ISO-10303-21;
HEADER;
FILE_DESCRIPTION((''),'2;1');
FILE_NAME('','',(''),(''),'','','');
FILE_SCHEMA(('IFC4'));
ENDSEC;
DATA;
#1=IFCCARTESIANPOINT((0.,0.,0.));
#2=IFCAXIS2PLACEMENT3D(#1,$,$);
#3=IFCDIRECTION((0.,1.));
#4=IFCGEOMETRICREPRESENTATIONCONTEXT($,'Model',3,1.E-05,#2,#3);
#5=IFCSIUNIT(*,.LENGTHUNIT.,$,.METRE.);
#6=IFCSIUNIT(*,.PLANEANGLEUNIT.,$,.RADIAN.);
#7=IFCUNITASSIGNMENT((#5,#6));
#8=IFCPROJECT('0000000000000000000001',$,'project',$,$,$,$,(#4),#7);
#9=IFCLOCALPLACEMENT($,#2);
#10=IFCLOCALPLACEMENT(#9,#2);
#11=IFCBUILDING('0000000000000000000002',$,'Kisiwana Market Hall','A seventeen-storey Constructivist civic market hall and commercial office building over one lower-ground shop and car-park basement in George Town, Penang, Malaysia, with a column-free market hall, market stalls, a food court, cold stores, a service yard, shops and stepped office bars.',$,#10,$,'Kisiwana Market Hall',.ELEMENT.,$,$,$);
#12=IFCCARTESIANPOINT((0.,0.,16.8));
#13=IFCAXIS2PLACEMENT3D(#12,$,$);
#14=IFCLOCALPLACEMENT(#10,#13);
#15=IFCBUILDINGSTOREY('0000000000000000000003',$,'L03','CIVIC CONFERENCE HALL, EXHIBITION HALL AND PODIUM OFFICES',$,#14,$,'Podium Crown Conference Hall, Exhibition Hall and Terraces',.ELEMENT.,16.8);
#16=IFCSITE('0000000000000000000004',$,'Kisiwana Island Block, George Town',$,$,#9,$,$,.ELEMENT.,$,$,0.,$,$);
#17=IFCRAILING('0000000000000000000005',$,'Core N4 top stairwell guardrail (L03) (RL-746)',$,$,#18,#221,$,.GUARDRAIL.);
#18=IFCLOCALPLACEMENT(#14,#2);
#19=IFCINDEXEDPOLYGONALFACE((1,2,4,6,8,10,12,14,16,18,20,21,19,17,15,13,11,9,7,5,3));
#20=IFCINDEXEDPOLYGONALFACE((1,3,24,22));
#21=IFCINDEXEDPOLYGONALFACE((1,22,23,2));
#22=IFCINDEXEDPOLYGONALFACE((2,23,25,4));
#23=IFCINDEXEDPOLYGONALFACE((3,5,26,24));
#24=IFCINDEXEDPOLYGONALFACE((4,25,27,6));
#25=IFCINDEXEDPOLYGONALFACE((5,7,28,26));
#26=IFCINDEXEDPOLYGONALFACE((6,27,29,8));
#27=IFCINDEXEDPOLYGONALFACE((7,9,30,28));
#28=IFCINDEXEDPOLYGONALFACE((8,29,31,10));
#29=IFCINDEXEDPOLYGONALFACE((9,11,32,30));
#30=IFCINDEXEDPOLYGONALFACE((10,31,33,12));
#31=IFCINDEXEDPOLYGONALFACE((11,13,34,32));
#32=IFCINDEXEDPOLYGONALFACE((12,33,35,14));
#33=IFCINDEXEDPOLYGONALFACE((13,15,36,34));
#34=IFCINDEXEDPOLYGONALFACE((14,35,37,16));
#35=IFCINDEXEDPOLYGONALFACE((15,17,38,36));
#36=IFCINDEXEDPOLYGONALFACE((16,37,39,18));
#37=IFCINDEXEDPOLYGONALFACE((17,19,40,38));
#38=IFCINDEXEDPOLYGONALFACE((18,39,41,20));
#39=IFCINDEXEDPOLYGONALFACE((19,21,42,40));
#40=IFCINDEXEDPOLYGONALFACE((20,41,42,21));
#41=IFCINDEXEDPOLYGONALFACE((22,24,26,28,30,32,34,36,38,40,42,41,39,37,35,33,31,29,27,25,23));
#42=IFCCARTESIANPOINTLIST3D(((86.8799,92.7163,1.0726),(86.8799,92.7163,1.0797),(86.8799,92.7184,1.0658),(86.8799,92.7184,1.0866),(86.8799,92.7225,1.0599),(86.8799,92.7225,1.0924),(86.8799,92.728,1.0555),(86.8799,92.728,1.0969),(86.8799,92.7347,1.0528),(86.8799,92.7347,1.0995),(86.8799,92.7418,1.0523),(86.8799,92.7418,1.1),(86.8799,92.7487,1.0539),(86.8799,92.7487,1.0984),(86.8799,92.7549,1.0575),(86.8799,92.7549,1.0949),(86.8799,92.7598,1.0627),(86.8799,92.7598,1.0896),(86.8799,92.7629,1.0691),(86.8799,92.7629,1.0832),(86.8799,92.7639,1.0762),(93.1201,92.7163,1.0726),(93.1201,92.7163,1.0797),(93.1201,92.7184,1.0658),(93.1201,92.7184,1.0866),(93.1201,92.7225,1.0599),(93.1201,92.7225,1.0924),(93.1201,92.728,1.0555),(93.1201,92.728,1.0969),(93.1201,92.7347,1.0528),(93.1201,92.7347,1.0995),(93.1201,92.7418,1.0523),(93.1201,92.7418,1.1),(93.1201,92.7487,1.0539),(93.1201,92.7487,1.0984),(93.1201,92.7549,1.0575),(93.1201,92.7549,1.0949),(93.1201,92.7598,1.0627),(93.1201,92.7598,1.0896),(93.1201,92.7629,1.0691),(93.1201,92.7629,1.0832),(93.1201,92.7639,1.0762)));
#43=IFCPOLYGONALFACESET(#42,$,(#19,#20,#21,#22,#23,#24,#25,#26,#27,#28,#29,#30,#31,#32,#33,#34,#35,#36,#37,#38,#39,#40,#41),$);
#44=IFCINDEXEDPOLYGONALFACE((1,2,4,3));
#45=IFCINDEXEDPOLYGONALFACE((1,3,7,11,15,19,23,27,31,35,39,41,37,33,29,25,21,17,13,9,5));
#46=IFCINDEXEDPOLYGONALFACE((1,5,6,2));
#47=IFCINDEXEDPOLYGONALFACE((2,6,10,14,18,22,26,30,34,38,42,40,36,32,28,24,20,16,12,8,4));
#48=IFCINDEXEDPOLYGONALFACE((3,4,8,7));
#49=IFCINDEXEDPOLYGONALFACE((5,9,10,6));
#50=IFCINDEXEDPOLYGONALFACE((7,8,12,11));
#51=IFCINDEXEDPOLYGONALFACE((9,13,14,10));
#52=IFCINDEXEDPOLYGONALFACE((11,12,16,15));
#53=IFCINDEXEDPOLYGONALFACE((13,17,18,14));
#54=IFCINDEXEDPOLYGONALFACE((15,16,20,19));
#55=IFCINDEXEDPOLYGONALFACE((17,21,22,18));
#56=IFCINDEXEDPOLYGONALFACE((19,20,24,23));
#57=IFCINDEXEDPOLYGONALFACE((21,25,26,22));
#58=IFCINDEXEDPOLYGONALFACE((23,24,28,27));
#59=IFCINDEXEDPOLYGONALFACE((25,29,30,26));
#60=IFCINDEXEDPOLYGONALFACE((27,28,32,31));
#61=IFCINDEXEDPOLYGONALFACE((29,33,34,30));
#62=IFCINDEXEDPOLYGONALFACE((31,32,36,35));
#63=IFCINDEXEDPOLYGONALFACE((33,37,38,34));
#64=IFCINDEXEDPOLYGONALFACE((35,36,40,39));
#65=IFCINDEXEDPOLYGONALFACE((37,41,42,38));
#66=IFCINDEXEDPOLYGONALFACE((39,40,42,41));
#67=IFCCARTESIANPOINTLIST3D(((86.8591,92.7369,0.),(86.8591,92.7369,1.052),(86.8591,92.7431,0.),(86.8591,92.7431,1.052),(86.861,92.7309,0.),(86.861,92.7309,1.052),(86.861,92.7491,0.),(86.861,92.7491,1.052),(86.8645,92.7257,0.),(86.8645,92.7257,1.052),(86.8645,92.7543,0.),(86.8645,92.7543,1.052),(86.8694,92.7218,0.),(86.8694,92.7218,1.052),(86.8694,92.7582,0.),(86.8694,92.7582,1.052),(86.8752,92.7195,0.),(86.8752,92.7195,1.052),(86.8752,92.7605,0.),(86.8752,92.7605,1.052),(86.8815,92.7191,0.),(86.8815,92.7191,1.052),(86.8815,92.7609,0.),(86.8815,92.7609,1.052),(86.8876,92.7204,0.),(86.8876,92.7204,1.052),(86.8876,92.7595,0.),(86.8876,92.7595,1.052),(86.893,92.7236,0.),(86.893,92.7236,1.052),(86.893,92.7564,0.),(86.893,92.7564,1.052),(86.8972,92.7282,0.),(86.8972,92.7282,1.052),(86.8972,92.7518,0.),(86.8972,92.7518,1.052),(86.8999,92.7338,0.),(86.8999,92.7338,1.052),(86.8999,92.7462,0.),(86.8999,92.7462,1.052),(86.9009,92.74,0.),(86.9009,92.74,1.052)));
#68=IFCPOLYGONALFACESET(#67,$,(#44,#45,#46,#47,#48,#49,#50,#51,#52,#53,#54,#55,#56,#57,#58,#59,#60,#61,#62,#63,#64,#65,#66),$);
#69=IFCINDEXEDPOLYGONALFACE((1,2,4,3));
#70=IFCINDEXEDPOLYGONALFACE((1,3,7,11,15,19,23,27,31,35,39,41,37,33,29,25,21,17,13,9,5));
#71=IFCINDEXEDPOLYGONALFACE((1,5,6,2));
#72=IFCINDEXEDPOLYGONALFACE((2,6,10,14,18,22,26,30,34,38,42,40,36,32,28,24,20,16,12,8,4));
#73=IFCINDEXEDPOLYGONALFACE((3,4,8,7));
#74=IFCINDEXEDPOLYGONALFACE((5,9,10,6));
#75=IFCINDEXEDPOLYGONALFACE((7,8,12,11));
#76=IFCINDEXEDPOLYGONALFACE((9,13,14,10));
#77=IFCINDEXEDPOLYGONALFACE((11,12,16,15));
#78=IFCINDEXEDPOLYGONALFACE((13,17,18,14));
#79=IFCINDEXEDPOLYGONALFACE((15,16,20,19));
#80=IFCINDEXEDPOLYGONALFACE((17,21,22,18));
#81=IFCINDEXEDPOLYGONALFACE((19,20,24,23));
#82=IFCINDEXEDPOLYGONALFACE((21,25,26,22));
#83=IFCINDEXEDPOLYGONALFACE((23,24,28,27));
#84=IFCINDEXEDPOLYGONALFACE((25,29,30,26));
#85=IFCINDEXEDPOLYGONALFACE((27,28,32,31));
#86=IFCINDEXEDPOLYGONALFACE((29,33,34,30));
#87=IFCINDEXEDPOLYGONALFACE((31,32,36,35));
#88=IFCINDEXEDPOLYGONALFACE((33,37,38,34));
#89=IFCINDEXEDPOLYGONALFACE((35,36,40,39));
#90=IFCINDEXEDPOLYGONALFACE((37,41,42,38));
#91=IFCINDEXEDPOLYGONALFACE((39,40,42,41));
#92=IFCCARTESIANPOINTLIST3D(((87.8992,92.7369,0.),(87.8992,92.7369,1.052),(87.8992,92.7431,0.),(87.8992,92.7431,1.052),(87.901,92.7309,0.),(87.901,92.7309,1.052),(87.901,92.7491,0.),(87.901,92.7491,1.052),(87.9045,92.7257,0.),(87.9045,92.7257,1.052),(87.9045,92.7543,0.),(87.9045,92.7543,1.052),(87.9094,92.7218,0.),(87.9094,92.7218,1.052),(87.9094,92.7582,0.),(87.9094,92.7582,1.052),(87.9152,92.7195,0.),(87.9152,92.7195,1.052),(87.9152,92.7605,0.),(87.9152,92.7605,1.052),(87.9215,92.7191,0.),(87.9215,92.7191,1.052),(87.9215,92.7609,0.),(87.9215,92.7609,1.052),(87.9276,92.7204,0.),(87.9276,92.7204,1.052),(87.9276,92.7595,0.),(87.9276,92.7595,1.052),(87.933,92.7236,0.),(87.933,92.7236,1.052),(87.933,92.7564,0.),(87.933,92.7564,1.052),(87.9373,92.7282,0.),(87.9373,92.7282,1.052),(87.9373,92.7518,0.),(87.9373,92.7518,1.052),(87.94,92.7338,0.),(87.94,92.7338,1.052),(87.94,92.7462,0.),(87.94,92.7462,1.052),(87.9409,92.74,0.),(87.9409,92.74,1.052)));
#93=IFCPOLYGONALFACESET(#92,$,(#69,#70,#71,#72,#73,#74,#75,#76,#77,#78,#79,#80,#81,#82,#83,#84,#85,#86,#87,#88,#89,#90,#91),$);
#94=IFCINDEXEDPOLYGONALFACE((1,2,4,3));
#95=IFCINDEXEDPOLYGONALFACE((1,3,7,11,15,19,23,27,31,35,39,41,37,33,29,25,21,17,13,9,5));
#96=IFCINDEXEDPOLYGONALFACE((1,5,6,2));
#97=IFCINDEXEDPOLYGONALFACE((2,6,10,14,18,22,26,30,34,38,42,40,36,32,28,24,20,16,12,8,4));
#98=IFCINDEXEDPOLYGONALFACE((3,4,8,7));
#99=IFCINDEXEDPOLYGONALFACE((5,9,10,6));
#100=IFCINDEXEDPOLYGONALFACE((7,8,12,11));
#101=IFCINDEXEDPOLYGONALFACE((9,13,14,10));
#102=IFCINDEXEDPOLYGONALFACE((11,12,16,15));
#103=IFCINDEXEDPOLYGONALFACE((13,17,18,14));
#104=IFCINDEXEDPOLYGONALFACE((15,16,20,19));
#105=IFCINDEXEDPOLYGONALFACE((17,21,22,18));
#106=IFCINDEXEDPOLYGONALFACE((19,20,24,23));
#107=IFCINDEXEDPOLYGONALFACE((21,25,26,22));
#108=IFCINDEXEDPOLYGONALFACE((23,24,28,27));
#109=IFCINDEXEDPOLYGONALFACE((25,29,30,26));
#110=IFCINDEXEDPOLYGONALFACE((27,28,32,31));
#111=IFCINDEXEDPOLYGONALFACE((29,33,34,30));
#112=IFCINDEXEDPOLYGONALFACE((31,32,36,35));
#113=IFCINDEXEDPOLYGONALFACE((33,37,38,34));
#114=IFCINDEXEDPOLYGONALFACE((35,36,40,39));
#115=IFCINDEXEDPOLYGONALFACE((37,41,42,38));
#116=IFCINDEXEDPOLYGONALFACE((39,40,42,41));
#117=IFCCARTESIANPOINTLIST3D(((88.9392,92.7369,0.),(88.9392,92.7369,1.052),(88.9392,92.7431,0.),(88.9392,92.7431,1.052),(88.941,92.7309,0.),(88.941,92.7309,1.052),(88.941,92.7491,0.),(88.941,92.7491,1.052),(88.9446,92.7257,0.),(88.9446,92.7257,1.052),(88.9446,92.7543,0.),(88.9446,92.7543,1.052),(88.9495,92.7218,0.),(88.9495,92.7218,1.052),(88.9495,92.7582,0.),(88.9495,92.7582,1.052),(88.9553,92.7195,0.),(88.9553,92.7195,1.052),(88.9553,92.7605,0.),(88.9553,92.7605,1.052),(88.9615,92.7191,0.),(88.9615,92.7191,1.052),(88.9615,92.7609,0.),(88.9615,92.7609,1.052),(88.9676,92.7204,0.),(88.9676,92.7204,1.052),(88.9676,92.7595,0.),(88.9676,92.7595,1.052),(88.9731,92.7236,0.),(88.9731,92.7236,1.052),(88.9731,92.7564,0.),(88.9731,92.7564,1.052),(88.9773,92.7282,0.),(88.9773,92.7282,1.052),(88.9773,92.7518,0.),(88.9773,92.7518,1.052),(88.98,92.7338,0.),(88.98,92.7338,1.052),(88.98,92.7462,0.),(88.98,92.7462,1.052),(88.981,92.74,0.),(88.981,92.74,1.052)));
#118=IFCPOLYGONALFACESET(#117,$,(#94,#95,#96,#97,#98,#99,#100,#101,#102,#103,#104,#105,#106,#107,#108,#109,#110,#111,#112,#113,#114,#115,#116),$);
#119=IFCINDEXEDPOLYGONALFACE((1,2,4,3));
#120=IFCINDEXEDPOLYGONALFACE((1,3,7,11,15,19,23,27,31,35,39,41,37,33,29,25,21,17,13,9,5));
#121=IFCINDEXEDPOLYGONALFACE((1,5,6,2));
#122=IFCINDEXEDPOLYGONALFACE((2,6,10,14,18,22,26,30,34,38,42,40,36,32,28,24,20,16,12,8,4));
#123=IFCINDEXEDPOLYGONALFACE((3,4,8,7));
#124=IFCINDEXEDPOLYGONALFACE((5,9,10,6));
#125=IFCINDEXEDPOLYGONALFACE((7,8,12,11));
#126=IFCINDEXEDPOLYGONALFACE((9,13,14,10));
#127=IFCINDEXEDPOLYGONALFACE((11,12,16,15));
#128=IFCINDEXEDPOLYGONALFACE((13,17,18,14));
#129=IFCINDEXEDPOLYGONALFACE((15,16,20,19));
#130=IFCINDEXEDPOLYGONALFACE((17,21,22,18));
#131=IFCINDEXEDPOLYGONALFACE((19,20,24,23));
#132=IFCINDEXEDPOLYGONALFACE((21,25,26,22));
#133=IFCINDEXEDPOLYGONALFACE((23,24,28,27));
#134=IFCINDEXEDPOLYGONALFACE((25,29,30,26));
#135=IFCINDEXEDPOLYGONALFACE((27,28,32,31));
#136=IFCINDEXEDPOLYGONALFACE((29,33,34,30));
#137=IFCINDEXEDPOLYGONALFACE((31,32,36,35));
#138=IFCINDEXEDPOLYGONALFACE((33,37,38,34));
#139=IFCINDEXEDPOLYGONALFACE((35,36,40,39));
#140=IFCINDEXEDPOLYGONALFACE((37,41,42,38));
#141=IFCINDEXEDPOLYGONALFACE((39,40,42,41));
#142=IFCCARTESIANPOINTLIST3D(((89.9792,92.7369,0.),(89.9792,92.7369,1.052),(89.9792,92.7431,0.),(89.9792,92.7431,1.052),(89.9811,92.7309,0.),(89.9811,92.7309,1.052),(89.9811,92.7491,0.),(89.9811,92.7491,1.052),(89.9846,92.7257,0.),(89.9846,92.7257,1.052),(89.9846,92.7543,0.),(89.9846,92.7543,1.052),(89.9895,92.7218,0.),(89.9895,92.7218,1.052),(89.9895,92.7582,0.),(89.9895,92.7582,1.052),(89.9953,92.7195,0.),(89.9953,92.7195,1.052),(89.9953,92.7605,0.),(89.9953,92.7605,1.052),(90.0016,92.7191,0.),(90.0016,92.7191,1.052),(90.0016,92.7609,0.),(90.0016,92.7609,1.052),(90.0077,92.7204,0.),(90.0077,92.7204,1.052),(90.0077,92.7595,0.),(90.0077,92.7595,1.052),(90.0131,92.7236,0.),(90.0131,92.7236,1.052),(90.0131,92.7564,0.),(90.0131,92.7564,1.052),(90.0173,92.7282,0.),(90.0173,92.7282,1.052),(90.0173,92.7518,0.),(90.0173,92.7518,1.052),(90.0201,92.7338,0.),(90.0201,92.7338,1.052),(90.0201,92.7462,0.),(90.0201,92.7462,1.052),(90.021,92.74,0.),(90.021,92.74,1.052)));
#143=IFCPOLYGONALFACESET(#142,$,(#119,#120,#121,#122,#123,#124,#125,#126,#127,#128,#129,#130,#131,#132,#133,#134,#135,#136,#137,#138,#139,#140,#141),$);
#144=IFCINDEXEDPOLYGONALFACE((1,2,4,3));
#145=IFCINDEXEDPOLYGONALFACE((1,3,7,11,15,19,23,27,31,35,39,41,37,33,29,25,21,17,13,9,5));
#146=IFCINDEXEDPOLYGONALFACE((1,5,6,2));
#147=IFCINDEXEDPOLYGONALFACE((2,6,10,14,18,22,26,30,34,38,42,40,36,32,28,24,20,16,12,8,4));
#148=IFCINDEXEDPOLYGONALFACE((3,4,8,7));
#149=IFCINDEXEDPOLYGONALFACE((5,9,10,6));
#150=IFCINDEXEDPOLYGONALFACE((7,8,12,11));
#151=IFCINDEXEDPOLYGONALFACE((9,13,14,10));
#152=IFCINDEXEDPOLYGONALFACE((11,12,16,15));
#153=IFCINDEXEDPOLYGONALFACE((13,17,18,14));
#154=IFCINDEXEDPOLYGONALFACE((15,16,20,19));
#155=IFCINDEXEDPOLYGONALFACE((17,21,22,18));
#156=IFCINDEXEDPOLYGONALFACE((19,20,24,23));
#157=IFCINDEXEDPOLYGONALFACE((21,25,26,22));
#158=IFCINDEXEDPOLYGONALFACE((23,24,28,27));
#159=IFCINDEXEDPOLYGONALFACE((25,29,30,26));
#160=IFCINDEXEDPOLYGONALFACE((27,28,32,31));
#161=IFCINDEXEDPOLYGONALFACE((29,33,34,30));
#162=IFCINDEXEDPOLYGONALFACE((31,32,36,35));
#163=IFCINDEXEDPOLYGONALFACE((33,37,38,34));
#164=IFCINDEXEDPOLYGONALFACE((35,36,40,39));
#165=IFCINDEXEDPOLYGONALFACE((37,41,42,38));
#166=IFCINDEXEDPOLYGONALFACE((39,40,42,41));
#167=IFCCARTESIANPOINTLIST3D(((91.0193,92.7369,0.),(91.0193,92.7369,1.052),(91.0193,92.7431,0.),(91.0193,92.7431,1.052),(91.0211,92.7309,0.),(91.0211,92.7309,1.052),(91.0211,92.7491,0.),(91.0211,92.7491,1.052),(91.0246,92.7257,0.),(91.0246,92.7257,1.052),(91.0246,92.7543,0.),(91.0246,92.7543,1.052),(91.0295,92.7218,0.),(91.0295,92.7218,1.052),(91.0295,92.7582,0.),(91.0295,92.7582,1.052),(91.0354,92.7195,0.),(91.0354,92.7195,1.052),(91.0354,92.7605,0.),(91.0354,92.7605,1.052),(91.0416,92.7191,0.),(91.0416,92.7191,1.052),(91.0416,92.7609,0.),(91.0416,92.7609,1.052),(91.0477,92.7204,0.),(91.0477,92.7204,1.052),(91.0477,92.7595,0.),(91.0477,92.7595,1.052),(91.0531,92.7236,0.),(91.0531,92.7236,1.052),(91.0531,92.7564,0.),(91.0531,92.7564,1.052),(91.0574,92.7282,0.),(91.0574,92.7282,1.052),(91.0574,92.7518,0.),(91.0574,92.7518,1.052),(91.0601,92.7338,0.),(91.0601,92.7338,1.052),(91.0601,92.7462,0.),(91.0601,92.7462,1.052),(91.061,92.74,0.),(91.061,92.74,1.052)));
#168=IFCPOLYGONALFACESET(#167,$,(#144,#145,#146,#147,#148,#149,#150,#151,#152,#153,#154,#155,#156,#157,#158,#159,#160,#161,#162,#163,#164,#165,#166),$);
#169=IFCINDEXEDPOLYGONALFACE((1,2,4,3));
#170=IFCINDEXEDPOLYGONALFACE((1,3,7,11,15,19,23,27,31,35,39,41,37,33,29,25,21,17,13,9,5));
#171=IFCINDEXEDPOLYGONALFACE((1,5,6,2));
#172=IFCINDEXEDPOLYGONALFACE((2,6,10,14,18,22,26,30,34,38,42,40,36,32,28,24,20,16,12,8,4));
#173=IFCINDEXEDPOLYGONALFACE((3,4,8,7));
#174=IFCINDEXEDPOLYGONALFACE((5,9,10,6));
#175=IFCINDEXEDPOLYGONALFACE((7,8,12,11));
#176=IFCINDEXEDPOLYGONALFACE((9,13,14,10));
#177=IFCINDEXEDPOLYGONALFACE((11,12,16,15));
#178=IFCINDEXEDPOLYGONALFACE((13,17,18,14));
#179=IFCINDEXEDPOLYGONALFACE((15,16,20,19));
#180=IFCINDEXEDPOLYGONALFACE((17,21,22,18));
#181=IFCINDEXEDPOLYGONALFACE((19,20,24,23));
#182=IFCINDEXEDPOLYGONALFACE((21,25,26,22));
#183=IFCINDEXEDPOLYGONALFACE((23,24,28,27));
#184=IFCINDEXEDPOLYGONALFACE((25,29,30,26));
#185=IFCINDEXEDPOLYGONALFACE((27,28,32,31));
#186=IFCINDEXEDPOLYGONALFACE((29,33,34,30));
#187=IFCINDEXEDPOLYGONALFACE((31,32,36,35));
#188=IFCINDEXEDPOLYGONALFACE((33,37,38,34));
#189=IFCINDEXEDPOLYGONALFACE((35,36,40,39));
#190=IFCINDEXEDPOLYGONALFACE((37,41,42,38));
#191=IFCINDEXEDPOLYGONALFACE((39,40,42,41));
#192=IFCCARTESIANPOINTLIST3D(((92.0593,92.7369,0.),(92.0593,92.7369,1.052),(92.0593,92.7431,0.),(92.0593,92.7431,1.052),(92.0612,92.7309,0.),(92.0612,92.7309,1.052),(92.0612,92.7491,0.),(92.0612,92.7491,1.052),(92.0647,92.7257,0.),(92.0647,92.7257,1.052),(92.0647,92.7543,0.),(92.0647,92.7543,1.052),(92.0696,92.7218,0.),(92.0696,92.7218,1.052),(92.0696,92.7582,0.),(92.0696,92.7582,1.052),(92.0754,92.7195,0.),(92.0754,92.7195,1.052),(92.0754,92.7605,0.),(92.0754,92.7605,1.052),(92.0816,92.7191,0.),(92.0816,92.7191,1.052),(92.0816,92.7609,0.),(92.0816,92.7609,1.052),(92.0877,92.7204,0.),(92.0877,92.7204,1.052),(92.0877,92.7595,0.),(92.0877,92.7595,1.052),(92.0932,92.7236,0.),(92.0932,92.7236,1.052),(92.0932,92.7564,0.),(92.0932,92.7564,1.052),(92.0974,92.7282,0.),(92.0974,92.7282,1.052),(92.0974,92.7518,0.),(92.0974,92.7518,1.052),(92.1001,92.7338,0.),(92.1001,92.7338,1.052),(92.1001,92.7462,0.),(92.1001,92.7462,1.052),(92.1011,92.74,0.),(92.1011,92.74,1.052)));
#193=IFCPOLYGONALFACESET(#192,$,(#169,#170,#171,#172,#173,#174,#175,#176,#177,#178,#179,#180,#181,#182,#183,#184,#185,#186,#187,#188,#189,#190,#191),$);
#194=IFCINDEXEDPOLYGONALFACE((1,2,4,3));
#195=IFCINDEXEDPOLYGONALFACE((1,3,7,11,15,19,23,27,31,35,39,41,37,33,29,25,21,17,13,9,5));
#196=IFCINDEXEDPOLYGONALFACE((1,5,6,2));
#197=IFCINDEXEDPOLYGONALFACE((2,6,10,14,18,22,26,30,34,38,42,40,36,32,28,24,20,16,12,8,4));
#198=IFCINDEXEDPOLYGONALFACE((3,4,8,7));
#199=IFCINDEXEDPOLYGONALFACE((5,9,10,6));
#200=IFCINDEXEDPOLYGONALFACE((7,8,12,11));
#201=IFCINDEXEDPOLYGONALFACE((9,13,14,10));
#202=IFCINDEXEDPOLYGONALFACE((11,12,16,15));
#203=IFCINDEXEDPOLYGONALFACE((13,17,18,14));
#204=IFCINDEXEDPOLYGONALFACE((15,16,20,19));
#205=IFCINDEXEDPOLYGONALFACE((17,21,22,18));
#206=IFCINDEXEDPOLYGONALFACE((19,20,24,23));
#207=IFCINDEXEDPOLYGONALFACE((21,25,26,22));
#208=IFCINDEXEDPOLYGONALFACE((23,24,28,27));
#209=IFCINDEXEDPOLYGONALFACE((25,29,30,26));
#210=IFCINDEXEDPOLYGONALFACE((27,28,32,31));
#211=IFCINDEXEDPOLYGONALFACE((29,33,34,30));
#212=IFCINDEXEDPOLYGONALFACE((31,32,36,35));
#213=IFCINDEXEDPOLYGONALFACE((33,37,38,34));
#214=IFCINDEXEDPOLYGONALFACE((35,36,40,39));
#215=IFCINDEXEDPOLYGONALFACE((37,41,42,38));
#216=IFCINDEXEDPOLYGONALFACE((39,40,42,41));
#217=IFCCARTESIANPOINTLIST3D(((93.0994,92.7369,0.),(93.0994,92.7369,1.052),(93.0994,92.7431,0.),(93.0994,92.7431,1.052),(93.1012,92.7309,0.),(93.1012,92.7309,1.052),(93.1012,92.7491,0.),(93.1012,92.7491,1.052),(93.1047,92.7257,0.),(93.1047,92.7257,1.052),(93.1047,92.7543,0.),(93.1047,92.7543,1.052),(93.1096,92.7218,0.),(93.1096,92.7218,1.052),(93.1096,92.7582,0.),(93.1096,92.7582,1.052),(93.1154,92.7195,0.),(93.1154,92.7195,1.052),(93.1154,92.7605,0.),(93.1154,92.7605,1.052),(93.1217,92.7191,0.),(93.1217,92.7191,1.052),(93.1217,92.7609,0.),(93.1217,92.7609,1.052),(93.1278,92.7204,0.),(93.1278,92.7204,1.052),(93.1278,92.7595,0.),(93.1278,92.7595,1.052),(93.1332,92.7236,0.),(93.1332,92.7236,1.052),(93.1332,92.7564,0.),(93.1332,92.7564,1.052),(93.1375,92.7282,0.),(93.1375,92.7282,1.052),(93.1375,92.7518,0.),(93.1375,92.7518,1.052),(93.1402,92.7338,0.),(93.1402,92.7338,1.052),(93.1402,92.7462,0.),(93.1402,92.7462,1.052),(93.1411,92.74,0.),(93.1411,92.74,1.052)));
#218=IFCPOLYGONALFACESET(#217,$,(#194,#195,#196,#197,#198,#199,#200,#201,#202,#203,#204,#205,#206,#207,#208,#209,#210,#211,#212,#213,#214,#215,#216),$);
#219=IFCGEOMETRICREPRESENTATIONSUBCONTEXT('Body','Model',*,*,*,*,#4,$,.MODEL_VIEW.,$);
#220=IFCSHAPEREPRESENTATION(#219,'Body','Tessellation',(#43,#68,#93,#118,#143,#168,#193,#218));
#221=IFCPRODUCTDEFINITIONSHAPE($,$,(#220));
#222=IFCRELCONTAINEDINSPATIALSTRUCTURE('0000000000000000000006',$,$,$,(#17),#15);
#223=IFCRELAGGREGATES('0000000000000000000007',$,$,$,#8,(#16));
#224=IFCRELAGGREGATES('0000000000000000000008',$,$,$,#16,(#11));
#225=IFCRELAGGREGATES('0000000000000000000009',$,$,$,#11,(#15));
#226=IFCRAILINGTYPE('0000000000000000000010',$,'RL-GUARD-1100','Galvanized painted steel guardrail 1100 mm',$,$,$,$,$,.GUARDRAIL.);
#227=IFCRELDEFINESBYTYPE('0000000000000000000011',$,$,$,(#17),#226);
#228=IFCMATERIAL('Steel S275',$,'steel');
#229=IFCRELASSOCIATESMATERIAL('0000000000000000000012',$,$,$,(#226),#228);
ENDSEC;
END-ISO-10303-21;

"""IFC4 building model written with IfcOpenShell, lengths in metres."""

from ifc_helpers import new_model, si_unit, direction, frame, origin, origin_2d, place, context, subcontext, project, spatial, circle, extrude, material, type_object, element, save


model = new_model("IFC4")

# Units and contexts
model_context = context("Model", 3, precision=1e-05, world=origin(), true_north=direction((0.0, 1.0)))
body_context = subcontext(model_context, "Body", "Model", "MODEL_VIEW")
ifc_project = project(units=[si_unit("LENGTHUNIT", "METRE"), si_unit("PLANEANGLEUNIT", "RADIAN")], contexts=[model_context])

# Site, building, storey
site_placement = place(None, origin())
site = spatial("IfcSite", under=ifc_project, at=site_placement, Name="Kisiwana Island Block, George Town", CompositionType="ELEMENT", RefElevation=0.0)
building_placement = place(site_placement, origin())
building = spatial("IfcBuilding", under=site, at=building_placement, Name="Kisiwana Market Hall", Description="A seventeen-storey Constructivist civic market hall and commercial office building over one lower-ground shop and car-park basement in George Town, Penang, Malaysia, with a column-free market hall, market stalls, a food court, cold stores, a service yard, shops and stepped office bars.", LongName="Kisiwana Market Hall", CompositionType="ELEMENT")
storey_placement = place(building_placement, frame((0.0, 0.0, 16.8)))
storey = spatial("IfcBuildingStorey", under=building, at=storey_placement, Name="L03", Description="CIVIC CONFERENCE HALL, EXHIBITION HALL AND PODIUM OFFICES", LongName="Podium Crown Conference Hall, Exhibition Hall and Terraces", CompositionType="ELEMENT", Elevation=16.8)

# Railing
ifc_material_1 = material(Name="Steel S275", Category="steel")
railing_type = type_object("IfcRailingType", Name="RL-GUARD-1100", Description="Galvanized painted steel guardrail 1100 mm", PredefinedType="GUARDRAIL", material=ifc_material_1)
railing_1_placement = place(storey_placement, frame((86.8799, 92.74, 0.0)))
element("IfcRailing", 1, at=railing_1_placement, inside=storey, type_object=railing_type, Name="Core N4 top stairwell guardrail (L03) (RL-746)", PredefinedType="GUARDRAIL", context=body_context, shape_type="SweptSolid", body=[
    extrude(circle(Radius=0.0239, at=origin_2d()), frame((0.0, 0.0, 1.0762), z_axis=(1.0, 0.0, 0.0), x_axis=(0.0, 1.0, 0.0)), (0.0, 0.0, 1.0), 6.2402),
    extrude(circle(Radius=0.021, at=origin_2d()), origin(), (0.0, 0.0, 1.0), 1.052),
    extrude(circle(Radius=0.021, at=origin_2d()), frame((1.04, 0.0, 0.0)), (0.0, 0.0, 1.0), 1.052),
    extrude(circle(Radius=0.021, at=origin_2d()), frame((2.0801, 0.0, 0.0)), (0.0, 0.0, 1.0), 1.052),
    extrude(circle(Radius=0.021, at=origin_2d()), frame((3.1201, 0.0, 0.0)), (0.0, 0.0, 1.0), 1.052),
    extrude(circle(Radius=0.021, at=origin_2d()), frame((4.1602, 0.0, 0.0)), (0.0, 0.0, 1.0), 1.052),
    extrude(circle(Radius=0.021, at=origin_2d()), frame((5.2002, 0.0, 0.0)), (0.0, 0.0, 1.0), 1.052),
    extrude(circle(Radius=0.021, at=origin_2d()), frame((6.2402, 0.0, 0.0)), (0.0, 0.0, 1.0), 1.052),
])

save(model, "model.ifc")
